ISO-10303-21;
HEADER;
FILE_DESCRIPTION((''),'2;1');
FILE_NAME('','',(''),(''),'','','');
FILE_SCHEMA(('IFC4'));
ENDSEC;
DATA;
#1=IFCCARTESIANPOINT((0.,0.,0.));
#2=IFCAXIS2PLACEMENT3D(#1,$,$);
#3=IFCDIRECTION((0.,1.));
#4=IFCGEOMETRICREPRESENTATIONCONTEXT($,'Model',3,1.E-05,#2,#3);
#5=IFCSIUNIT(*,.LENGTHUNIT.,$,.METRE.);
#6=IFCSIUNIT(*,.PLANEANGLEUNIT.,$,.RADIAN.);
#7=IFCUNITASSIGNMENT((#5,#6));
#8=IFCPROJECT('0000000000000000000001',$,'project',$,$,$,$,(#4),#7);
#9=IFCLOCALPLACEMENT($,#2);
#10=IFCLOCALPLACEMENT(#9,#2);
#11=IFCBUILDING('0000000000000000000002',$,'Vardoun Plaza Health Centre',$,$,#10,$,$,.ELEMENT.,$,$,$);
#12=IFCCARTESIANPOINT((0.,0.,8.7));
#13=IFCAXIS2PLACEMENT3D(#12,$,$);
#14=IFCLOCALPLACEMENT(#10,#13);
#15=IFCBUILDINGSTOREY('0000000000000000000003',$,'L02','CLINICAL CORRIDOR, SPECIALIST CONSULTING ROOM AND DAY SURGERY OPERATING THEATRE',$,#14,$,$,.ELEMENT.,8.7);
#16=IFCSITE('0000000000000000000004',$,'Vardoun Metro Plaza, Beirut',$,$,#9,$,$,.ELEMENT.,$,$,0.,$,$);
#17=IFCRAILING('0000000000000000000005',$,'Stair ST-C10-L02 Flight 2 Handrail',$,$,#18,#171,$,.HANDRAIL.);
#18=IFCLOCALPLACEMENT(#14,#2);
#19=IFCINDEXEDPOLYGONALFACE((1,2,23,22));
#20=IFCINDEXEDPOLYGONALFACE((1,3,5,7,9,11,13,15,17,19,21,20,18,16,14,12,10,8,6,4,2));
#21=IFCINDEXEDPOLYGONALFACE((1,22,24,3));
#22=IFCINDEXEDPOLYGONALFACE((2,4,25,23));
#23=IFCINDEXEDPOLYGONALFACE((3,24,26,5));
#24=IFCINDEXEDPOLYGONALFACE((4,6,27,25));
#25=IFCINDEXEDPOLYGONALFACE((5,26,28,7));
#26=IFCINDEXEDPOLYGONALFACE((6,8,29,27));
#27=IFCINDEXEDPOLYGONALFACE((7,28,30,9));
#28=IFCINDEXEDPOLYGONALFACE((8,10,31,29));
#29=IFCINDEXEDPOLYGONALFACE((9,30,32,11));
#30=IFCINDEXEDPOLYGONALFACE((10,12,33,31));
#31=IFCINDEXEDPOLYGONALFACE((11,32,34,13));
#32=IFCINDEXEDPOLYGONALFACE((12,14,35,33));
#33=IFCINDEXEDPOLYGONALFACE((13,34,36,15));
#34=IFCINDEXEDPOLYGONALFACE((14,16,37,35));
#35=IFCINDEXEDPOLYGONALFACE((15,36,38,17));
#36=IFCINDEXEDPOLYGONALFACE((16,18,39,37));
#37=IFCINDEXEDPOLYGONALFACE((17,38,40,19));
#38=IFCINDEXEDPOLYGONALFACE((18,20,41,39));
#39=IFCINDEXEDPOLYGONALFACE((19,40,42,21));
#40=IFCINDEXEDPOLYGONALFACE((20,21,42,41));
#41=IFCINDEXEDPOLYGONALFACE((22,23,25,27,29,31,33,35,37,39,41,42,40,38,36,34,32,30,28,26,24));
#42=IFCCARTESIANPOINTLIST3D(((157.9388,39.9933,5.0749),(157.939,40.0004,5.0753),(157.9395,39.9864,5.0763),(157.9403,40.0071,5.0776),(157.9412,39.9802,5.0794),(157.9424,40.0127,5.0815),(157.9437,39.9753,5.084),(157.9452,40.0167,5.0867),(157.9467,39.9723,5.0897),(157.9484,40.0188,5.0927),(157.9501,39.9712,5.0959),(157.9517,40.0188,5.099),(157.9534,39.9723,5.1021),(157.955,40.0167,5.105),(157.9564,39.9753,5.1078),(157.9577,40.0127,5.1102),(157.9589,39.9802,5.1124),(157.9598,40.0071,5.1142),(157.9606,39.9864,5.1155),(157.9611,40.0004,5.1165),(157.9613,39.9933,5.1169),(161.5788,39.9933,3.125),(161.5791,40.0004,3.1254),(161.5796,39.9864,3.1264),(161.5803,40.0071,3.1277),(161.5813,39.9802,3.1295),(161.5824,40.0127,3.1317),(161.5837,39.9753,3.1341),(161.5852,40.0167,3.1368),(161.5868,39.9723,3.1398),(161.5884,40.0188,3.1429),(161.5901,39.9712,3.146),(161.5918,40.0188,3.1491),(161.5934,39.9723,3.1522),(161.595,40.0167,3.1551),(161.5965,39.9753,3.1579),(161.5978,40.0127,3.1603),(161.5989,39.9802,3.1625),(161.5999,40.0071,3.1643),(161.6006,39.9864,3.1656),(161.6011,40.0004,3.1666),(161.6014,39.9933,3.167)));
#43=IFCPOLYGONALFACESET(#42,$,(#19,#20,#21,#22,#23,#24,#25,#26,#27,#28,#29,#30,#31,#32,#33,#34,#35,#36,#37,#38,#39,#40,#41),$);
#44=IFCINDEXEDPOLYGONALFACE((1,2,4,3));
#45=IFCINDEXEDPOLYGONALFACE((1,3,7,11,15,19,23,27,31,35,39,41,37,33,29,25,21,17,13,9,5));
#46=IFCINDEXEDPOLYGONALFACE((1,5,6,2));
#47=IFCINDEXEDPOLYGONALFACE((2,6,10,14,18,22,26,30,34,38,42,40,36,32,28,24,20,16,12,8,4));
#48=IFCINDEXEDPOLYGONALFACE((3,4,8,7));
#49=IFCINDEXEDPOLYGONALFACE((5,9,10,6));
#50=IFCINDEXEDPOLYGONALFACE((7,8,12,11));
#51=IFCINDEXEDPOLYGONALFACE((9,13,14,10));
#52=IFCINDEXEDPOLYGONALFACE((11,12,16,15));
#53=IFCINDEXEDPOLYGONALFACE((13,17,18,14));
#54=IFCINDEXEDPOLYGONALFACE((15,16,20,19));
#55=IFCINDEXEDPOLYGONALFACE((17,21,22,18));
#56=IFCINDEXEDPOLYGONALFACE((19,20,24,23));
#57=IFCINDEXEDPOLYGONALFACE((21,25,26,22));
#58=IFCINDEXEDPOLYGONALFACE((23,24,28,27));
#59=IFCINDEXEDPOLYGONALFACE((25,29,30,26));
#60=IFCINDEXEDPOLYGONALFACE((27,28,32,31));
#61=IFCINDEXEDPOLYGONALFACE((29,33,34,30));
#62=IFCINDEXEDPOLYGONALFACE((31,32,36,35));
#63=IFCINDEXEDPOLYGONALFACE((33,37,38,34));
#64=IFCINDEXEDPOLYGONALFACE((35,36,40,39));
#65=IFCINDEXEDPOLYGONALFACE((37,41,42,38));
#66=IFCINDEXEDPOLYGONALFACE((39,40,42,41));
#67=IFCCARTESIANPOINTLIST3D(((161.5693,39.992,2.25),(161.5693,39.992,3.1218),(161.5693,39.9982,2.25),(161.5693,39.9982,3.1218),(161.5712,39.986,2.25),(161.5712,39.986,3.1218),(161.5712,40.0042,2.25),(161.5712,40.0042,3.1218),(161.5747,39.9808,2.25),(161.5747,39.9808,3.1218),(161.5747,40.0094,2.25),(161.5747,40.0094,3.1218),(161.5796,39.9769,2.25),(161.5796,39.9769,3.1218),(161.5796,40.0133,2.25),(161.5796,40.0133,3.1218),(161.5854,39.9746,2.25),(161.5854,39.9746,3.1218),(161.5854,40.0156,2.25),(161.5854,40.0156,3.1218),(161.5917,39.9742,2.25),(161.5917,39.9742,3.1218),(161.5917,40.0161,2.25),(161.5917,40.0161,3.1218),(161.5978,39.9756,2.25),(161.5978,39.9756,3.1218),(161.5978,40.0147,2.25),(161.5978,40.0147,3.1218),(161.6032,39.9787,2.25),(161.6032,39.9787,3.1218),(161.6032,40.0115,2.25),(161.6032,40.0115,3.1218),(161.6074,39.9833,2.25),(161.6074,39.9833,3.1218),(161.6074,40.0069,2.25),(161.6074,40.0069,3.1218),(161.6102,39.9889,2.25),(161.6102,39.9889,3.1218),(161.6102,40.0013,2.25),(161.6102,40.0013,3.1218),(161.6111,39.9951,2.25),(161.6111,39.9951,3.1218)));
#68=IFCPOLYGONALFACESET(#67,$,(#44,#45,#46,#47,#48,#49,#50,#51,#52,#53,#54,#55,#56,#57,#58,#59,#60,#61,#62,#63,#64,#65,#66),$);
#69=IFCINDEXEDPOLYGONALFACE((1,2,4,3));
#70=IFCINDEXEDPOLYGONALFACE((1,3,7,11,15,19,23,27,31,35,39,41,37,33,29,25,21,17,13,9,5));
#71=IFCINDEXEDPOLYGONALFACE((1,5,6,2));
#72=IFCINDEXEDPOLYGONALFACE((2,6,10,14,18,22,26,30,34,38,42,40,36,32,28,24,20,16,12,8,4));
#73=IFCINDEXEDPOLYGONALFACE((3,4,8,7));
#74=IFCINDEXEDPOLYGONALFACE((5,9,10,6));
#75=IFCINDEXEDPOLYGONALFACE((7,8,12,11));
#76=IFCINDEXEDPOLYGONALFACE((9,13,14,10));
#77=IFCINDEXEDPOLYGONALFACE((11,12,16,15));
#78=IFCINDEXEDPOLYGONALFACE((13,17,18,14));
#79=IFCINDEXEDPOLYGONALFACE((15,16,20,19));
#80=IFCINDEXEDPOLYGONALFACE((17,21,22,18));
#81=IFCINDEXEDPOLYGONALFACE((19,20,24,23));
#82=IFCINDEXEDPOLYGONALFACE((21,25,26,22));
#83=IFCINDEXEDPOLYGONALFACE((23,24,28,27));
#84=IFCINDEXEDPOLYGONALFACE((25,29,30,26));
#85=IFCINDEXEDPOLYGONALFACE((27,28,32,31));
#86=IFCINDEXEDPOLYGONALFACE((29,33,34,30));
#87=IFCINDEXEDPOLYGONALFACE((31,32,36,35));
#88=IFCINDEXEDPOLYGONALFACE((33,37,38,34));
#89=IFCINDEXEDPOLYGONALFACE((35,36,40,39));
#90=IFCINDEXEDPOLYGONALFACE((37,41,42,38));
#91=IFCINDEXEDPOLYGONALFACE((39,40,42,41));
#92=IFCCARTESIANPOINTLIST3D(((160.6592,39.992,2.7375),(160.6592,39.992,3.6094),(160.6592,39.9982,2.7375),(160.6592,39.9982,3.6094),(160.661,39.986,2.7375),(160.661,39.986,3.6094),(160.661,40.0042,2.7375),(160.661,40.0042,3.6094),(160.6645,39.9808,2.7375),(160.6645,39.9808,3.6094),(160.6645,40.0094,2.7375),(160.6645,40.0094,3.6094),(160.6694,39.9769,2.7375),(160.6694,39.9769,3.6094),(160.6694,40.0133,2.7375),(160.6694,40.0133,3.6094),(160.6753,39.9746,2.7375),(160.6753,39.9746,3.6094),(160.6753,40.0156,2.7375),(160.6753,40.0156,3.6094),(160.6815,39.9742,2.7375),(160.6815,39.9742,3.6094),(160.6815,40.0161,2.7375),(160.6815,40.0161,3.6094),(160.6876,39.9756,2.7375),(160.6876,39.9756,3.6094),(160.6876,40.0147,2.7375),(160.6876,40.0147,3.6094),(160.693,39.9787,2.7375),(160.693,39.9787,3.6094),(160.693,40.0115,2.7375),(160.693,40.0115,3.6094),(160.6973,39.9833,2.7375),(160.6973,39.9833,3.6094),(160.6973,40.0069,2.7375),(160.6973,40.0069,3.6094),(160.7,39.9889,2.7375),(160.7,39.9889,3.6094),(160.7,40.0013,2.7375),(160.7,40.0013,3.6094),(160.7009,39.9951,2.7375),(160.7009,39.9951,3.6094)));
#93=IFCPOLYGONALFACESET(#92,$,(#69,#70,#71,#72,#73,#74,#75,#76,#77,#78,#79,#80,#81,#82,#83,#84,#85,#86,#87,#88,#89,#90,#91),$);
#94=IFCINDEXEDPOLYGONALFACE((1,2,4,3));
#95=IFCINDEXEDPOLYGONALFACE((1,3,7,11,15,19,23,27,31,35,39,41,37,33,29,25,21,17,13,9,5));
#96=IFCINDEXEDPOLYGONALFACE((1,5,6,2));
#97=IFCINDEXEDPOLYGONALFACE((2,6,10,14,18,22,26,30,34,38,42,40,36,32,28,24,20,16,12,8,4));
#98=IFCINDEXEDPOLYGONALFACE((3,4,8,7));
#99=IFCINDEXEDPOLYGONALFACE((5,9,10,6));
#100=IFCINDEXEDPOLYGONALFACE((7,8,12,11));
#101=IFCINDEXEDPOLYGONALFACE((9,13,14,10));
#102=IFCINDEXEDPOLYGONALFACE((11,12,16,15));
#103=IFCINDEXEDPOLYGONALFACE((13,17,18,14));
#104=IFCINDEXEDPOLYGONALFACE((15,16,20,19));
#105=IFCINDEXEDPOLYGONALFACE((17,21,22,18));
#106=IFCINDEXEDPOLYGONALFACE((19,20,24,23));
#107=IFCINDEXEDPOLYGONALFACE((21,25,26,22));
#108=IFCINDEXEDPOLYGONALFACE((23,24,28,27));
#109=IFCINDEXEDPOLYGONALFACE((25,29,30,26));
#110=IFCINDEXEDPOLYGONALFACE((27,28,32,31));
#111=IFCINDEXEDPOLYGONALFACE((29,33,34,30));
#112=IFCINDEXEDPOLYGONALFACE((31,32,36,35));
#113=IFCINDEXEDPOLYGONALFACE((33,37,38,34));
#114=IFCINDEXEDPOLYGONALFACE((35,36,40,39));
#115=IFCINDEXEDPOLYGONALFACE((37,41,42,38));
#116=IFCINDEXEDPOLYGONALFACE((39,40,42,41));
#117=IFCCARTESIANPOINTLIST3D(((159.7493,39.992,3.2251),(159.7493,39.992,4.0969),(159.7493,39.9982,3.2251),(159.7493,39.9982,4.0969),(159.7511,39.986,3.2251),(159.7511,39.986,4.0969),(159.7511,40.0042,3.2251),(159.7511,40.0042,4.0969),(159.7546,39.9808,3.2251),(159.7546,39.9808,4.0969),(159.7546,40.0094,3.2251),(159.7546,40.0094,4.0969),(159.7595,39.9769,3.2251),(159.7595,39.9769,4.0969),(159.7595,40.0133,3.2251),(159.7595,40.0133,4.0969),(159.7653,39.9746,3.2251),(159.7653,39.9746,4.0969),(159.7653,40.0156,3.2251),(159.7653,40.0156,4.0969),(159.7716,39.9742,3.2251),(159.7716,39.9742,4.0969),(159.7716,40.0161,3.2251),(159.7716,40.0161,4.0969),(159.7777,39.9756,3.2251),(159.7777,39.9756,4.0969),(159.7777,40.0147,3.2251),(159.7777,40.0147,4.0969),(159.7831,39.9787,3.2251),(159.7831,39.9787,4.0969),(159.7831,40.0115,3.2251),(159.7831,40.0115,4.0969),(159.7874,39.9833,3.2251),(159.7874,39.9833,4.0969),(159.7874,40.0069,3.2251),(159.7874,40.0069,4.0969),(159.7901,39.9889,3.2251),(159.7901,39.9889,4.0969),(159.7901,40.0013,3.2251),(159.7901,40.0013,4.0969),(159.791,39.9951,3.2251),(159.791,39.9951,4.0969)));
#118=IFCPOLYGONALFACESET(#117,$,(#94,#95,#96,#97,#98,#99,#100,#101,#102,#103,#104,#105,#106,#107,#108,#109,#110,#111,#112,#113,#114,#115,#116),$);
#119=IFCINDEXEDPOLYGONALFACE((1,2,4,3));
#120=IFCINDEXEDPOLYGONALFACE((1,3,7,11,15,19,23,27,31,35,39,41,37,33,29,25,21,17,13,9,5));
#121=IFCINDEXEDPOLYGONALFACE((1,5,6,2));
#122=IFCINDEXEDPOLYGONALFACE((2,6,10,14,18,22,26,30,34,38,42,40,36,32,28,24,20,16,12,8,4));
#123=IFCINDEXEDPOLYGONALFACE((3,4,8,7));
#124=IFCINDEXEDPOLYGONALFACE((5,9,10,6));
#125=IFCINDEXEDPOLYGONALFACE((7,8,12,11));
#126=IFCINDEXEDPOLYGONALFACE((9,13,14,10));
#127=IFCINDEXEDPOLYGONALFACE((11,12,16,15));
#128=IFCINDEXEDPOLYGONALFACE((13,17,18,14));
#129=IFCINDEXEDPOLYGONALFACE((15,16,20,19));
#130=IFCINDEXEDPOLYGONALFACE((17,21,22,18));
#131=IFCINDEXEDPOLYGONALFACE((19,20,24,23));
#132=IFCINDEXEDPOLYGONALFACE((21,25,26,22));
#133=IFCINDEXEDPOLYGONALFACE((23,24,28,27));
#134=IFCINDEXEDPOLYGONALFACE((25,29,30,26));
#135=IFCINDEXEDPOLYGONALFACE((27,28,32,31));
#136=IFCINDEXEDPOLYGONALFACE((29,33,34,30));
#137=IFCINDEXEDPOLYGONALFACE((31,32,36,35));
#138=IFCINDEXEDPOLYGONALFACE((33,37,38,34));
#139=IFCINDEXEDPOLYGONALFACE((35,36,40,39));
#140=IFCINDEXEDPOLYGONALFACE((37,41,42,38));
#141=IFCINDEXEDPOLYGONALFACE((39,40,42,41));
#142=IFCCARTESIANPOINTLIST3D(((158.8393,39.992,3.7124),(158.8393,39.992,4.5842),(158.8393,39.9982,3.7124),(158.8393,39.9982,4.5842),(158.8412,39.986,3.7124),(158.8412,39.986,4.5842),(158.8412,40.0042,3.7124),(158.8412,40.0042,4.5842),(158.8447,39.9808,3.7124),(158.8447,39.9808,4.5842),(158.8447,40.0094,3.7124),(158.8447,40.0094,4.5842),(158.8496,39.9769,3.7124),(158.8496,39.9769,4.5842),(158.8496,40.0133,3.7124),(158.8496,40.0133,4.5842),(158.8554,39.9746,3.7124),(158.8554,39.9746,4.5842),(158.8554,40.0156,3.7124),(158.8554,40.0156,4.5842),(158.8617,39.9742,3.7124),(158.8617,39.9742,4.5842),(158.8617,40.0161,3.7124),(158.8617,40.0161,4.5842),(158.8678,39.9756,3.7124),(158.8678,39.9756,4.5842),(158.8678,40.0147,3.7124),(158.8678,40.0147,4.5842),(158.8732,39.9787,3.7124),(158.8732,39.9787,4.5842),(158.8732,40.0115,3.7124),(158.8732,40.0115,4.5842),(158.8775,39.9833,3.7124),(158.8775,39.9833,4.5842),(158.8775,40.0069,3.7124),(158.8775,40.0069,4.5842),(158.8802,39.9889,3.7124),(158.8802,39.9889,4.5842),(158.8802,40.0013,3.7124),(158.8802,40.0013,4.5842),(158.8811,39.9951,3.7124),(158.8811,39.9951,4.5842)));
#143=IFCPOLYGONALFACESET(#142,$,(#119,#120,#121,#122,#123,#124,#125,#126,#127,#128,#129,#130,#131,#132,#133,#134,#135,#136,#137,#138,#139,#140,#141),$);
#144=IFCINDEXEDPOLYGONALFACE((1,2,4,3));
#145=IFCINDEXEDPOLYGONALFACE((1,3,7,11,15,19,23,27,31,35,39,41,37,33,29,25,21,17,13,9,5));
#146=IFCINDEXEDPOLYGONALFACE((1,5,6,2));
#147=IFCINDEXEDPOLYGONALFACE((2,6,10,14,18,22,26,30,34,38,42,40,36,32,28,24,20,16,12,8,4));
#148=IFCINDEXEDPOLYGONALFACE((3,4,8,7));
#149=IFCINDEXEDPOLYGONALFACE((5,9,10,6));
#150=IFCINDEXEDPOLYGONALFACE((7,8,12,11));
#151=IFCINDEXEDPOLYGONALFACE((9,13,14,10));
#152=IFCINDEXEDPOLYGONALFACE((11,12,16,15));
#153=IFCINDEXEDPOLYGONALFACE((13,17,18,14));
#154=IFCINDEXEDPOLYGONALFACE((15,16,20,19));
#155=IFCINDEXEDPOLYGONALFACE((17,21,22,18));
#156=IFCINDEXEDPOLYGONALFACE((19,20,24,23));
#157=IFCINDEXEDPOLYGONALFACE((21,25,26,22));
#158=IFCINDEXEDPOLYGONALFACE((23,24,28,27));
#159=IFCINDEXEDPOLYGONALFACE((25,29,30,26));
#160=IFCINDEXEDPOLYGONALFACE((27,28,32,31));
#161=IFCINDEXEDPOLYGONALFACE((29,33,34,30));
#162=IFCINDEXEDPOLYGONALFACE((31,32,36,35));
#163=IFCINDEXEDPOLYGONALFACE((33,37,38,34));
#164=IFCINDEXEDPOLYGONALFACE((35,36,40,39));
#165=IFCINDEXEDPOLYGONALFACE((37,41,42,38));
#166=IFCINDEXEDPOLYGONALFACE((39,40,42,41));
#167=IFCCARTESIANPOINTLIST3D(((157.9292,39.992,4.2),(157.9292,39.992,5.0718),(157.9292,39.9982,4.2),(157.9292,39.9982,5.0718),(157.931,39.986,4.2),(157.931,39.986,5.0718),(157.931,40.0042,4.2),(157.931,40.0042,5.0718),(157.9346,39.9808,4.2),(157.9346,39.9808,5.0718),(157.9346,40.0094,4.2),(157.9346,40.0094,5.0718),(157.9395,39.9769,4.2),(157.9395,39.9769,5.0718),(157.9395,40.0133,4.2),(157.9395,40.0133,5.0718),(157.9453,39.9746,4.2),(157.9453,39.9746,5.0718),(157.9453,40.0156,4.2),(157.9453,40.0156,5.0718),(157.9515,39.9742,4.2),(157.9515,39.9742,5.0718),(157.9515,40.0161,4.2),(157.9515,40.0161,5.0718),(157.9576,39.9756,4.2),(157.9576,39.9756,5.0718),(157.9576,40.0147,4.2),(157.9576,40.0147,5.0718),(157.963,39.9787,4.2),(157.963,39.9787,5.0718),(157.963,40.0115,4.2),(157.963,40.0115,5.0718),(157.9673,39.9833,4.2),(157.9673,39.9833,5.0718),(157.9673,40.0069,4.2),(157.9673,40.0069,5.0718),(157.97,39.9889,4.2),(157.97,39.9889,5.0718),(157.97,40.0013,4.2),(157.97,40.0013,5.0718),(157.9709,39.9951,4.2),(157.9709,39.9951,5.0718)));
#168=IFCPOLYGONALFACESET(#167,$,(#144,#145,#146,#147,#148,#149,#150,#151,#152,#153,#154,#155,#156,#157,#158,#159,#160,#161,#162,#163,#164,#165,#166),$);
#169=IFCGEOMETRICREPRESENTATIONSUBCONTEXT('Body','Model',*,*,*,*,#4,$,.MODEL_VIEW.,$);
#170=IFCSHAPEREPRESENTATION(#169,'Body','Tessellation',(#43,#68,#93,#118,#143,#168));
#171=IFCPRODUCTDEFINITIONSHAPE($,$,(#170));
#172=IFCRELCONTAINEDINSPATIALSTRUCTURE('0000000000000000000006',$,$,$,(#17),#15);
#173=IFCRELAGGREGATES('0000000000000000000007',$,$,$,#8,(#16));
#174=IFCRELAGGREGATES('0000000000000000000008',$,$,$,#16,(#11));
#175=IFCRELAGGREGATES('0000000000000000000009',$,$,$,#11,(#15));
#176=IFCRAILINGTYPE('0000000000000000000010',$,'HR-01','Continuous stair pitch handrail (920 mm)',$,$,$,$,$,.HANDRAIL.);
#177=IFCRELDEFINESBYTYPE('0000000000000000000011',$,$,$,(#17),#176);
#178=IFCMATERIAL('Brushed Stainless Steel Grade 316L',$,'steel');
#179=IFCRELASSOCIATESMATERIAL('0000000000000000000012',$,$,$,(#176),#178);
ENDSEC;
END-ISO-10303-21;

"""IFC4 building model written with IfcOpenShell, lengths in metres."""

from ifc_helpers import new_model, si_unit, direction, frame, origin, origin_2d, place, context, subcontext, project, spatial, circle, extrude, material, type_object, element, save


model = new_model("IFC4")

# Units and contexts
model_context = context("Model", 3, precision=1e-05, world=origin(), true_north=direction((0.0, 1.0)))
body_context = subcontext(model_context, "Body", "Model", "MODEL_VIEW")
ifc_project = project(units=[si_unit("LENGTHUNIT", "METRE"), si_unit("PLANEANGLEUNIT", "RADIAN")], contexts=[model_context])

# Site, building, storey
site_placement = place(None, origin())
site = spatial("IfcSite", under=ifc_project, at=site_placement, Name="Vardoun Metro Plaza, Beirut", CompositionType="ELEMENT", RefElevation=0.0)
building_placement = place(site_placement, origin())
building = spatial("IfcBuilding", under=site, at=building_placement, Name="Vardoun Plaza Health Centre", CompositionType="ELEMENT")
storey_placement = place(building_placement, frame((0.0, 0.0, 8.7)))
storey = spatial("IfcBuildingStorey", under=building, at=storey_placement, Name="L02", Description="CLINICAL CORRIDOR, SPECIALIST CONSULTING ROOM AND DAY SURGERY OPERATING THEATRE", CompositionType="ELEMENT", Elevation=8.7)

# Railing
ifc_material_1 = material(Name="Brushed Stainless Steel Grade 316L", Category="steel")
railing_type_1 = type_object("IfcRailingType", Name="HR-01", Description="Continuous stair pitch handrail (920 mm)", PredefinedType="HANDRAIL", material=ifc_material_1)
railing_1_placement = place(storey_placement, frame((161.5901, 39.9951, 2.25)))
element("IfcRailing", 1, at=railing_1_placement, inside=storey, type_object=railing_type_1, Name="Stair ST-C10-L02 Flight 2 Handrail", PredefinedType="HANDRAIL", context=body_context, shape_type="SweptSolid", body=[
    extrude(circle(Radius=0.0239, at=origin_2d()), frame((0.0, 0.0, 0.896), z_axis=(-0.881492, 0.0, 0.472198), x_axis=(0.0, -1.0, 0.0)), (0.0, 0.0, 1.0), 4.1294),
    extrude(circle(Radius=0.021, at=origin_2d()), origin(), (0.0, 0.0, 1.0), 0.8718),
    extrude(circle(Radius=0.021, at=origin_2d()), frame((-0.9102, 0.0, 0.4875)), (0.0, 0.0, 1.0), 0.8718),
    extrude(circle(Radius=0.021, at=origin_2d()), frame((-1.8201, 0.0, 0.9751)), (0.0, 0.0, 1.0), 0.8718),
    extrude(circle(Radius=0.021, at=origin_2d()), frame((-2.73, 0.0, 1.4624)), (0.0, 0.0, 1.0), 0.8718),
    extrude(circle(Radius=0.021, at=origin_2d()), frame((-3.6401, 0.0, 1.95)), (0.0, 0.0, 1.0), 0.8718),
])

save(model, "model.ifc")
